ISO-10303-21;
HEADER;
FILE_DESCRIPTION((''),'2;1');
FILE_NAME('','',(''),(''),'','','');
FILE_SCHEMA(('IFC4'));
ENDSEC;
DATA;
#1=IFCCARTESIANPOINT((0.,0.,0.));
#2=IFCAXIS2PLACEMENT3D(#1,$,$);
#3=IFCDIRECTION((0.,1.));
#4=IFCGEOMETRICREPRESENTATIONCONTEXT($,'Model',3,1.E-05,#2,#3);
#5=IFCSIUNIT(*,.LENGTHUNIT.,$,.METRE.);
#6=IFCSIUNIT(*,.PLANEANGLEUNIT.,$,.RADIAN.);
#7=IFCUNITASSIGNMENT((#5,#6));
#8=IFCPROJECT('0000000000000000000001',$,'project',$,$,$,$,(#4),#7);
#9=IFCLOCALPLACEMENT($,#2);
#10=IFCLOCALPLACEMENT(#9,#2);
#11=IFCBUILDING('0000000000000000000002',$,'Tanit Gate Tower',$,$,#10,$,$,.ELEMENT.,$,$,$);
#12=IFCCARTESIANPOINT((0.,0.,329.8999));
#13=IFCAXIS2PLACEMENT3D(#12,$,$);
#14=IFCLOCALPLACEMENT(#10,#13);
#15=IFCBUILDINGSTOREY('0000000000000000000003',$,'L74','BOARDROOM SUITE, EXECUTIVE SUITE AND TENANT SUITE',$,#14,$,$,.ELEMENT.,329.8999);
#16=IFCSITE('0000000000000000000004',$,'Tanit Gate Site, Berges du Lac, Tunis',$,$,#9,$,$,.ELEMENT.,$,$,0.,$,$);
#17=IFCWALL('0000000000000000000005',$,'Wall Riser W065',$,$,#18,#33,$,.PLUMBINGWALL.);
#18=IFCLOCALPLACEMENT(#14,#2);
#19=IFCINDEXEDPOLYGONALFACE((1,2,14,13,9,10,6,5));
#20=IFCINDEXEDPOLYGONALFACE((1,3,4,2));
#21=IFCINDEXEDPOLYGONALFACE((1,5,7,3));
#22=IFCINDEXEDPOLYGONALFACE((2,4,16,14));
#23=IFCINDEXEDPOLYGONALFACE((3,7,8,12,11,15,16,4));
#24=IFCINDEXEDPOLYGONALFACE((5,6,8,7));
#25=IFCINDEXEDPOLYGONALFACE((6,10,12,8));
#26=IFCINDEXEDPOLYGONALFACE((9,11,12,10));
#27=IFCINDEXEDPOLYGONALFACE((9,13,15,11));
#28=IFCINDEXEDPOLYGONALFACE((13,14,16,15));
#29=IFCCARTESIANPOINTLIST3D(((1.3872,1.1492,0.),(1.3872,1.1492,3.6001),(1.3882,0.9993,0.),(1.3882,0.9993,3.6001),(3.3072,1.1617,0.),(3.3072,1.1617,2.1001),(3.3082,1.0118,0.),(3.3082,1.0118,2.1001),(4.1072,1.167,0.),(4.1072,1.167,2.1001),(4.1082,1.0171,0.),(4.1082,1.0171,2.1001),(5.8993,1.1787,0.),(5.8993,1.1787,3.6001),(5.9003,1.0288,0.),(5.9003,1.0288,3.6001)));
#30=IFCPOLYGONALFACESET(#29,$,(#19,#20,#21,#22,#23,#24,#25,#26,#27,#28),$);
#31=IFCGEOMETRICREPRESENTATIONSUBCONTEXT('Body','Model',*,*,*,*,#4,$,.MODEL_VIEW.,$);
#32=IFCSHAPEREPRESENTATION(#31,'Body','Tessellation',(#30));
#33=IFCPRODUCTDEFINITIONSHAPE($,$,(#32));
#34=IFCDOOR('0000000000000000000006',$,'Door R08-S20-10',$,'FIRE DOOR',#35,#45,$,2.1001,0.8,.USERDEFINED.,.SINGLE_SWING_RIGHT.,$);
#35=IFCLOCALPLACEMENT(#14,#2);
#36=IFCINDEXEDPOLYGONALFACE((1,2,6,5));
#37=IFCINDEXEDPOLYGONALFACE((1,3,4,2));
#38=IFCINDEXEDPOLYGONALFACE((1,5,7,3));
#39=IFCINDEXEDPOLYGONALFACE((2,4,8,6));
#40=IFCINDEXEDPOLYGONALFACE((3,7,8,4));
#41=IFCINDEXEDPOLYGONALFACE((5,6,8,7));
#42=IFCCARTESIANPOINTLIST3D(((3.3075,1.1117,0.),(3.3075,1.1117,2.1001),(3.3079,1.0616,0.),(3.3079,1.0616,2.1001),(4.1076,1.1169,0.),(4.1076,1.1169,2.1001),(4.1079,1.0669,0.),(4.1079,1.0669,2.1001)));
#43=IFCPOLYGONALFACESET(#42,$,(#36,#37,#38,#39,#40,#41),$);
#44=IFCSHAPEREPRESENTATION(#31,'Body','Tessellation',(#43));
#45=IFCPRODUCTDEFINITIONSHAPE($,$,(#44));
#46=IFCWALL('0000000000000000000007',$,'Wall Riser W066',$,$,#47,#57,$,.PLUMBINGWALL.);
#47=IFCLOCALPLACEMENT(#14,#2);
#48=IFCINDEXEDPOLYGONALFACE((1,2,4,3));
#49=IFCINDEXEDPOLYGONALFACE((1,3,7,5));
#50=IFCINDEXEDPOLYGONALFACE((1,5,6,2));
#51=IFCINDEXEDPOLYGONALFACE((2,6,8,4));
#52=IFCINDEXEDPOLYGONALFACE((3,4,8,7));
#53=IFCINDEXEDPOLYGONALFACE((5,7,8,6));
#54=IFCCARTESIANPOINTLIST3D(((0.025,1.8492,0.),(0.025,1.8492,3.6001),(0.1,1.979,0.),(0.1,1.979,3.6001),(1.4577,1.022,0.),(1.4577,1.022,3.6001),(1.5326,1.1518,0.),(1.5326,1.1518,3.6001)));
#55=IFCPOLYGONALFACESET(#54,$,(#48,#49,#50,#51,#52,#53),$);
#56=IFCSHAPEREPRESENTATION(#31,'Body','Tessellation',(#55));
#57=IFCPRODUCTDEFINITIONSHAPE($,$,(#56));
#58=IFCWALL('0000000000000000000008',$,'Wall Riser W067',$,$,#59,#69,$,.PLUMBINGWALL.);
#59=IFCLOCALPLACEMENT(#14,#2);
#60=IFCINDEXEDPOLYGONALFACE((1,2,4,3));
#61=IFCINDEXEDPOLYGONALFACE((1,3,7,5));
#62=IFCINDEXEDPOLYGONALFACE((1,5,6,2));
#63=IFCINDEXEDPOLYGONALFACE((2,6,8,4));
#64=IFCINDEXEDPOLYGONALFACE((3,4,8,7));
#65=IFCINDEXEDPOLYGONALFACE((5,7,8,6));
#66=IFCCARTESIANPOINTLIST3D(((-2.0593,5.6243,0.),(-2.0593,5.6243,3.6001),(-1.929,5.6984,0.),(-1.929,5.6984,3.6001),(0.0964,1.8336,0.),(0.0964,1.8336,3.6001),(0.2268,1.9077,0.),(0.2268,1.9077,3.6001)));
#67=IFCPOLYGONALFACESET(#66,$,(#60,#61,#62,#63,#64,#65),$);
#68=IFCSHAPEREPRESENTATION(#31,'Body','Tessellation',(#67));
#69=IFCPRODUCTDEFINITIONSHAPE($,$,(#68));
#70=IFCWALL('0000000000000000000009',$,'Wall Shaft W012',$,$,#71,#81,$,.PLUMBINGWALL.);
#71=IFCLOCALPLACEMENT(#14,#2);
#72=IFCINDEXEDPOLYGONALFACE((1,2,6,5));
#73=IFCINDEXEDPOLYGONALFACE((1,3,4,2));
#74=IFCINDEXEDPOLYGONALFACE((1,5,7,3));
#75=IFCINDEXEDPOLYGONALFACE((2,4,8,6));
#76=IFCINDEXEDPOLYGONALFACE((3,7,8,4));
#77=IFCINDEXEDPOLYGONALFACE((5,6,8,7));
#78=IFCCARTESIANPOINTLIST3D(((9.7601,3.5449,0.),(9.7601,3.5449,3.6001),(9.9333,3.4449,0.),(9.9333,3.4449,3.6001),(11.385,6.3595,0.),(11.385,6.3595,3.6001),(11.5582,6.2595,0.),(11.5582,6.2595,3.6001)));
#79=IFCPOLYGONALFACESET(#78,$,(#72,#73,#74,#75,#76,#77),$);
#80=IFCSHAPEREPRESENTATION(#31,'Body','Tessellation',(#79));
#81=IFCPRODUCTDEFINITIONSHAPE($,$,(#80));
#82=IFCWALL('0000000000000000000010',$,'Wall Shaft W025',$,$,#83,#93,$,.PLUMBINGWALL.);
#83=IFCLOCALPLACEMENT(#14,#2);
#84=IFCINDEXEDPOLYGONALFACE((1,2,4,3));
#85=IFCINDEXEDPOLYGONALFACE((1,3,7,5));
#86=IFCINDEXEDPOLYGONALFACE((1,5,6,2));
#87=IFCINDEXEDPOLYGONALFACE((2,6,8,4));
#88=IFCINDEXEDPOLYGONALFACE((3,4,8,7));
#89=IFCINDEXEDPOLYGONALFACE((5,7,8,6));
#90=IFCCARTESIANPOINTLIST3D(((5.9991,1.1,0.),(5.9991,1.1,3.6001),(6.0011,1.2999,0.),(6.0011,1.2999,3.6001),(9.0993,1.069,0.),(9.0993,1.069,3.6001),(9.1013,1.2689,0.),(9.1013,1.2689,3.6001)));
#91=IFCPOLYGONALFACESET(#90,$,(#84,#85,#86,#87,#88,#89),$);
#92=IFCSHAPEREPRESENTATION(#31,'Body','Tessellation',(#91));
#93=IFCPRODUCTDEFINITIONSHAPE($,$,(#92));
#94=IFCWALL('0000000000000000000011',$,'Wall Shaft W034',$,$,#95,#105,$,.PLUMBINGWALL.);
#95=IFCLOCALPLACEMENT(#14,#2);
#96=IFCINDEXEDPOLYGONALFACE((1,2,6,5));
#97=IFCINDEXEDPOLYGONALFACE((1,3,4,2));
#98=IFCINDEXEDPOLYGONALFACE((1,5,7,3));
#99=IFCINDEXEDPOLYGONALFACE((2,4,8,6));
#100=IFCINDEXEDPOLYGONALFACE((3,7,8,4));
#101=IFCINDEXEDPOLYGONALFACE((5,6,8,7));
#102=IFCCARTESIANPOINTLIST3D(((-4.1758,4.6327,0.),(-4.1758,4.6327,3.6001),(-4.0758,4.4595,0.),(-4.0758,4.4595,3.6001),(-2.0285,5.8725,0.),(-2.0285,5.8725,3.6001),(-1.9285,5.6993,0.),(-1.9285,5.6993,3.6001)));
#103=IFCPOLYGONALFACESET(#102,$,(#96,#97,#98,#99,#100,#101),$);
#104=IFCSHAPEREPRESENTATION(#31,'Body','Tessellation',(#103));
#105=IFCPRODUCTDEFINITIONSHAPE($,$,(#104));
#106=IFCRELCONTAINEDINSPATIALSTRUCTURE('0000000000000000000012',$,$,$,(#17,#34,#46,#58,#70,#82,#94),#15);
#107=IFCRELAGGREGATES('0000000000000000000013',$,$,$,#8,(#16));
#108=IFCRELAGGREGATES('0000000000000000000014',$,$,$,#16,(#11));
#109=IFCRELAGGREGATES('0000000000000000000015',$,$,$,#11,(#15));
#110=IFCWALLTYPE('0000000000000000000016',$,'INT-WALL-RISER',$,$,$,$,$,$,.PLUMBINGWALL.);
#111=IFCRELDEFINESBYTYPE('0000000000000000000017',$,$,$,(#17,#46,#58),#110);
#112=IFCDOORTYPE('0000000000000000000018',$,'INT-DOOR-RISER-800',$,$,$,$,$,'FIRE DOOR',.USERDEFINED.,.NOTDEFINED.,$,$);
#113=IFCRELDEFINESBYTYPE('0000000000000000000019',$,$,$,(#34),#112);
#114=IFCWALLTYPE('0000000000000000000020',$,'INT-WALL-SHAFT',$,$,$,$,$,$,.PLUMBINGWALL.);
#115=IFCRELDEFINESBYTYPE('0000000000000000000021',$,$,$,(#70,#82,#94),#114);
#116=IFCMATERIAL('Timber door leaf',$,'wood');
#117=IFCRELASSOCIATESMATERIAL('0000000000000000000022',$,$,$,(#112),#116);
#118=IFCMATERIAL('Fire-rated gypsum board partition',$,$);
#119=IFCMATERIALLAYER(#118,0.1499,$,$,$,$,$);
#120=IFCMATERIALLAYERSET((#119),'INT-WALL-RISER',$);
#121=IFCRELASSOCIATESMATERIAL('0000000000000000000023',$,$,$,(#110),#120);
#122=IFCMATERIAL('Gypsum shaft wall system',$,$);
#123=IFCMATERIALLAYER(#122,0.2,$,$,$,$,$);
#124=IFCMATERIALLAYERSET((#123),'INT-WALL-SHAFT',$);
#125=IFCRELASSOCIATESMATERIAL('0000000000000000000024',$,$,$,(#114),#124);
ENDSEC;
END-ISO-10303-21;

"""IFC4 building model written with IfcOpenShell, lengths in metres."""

from ifc_helpers import new_model, si_unit, direction, frame, frame_2d, origin, place, context, subcontext, project, spatial, rectangle, extrude, material, layer, layer_set, type_object, element, fill, save


model = new_model("IFC4")

# Units and contexts
model_context = context("Model", 3, precision=1e-05, world=origin(), true_north=direction((0.0, 1.0)))
body_context = subcontext(model_context, "Body", "Model", "MODEL_VIEW")
ifc_project = project(units=[si_unit("LENGTHUNIT", "METRE"), si_unit("PLANEANGLEUNIT", "RADIAN")], contexts=[model_context])

# Site, building, storey
site_placement = place(None, origin())
site = spatial("IfcSite", under=ifc_project, at=site_placement, Name="Tanit Gate Site, Berges du Lac, Tunis", CompositionType="ELEMENT", RefElevation=0.0)
building_placement = place(site_placement, origin())
building = spatial("IfcBuilding", under=site, at=building_placement, Name="Tanit Gate Tower", CompositionType="ELEMENT")
storey_placement = place(building_placement, frame((0.0, 0.0, 329.8999)))
storey = spatial("IfcBuildingStorey", under=building, at=storey_placement, Name="L74", Description="BOARDROOM SUITE, EXECUTIVE SUITE AND TENANT SUITE", CompositionType="ELEMENT", Elevation=329.8999)

# Shared definitions
ifc_material_1 = material(Name="Timber door leaf", Category="wood")
door_type_1 = type_object("IfcDoorType", Name="INT-DOOR-RISER-800", ElementType="FIRE DOOR", OperationType="NOTDEFINED", PredefinedType="USERDEFINED", material=ifc_material_1)

# Shared definitions
ifc_material_2 = material(Name="Fire-rated gypsum board partition")
ifc_layer_1 = layer(ifc_material_2, 0.1499)
ifc_layer_set_1 = layer_set([ifc_layer_1], Name="INT-WALL-RISER")
wall_type_1 = type_object("IfcWallType", Name="INT-WALL-RISER", PredefinedType="PLUMBINGWALL", material=ifc_layer_set_1)

# Wall, opening, door
wall_1_placement = place(storey_placement, frame((1.3877, 1.0742, 0.0), z_axis=(0.0, 0.0, 1.0), x_axis=(0.999979, 0.006547, 0.0)))
wall_1 = element("IfcWall", 1, at=wall_1_placement, inside=storey, type_object=wall_type_1, Name="Wall Riser W065", PredefinedType="PLUMBINGWALL", context=body_context, shape_type="SweptSolid", body=[
    extrude(rectangle(XDim=4.5122, YDim=0.1499, at=frame_2d((2.2561, 0.0))), origin(), (0.0, 0.0, 1.0), 3.6001),
])
opening_1_placement = place(wall_1_placement, frame((1.9202, 0.0, 0.0)))
opening_1 = element("IfcOpeningElement", 2, at=opening_1_placement, cuts=wall_1, PredefinedType="OPENING", context=body_context, shape_type="SweptSolid", body=[
    extrude(rectangle(XDim=0.8, YDim=2.1001, at=frame_2d((0.3999, 1.05))), frame((0.0, 0.085, 0.0), z_axis=(0.0, -1.0, 0.0), x_axis=(1.0, 0.0, 0.0)), (0.0, 0.0, 1.0), 0.1699),
])
door_1_placement = place(opening_1_placement, origin())
door_1 = element("IfcDoor", 3, at=door_1_placement, inside=storey, type_object=door_type_1, Name="Door R08-S20-10", ObjectType="FIRE DOOR", OperationType="SINGLE_SWING_RIGHT", OverallHeight=2.1001, OverallWidth=0.8, PredefinedType="USERDEFINED", context=body_context, shape_type="SweptSolid", body=[
    extrude(rectangle(XDim=0.8, YDim=2.1001, at=frame_2d((0.3999, 1.05))), frame((0.0, 0.0249, 0.0), z_axis=(0.0, -1.0, 0.0), x_axis=(1.0, 0.0, 0.0)), (0.0, 0.0, 1.0), 0.05),
])
fill(opening_1, door_1)

# Walls
wall_2_placement = place(storey_placement, frame((0.0625, 1.9141, 0.0), z_axis=(0.0, 0.0, 1.0), x_axis=(0.866018, -0.500012, 0.0)))
element("IfcWall", 4, at=wall_2_placement, inside=storey, type_object=wall_type_1, Name="Wall Riser W066", PredefinedType="PLUMBINGWALL", context=body_context, shape_type="SweptSolid", body=[
    extrude(rectangle(XDim=1.6543, YDim=0.1499, at=frame_2d((0.8271, 0.0))), origin(), (0.0, 0.0, 1.0), 3.6001),
])
wall_3_placement = place(storey_placement, frame((-1.9941, 5.6614, 0.0), z_axis=(0.0, 0.0, 1.0), x_axis=(0.494341, -0.869268, 0.0)))
element("IfcWall", 5, at=wall_3_placement, inside=storey, type_object=wall_type_1, Name="Wall Riser W067", PredefinedType="PLUMBINGWALL", context=body_context, shape_type="SweptSolid", body=[
    extrude(rectangle(XDim=4.3608, YDim=0.1499, at=frame_2d((2.1804, 0.0))), origin(), (0.0, 0.0, 1.0), 3.6001),
])
ifc_material_3 = material(Name="Gypsum shaft wall system")
ifc_layer_2 = layer(ifc_material_3, 0.2)
ifc_layer_set_2 = layer_set([ifc_layer_2], Name="INT-WALL-SHAFT")
wall_type_2 = type_object("IfcWallType", Name="INT-WALL-SHAFT", PredefinedType="PLUMBINGWALL", material=ifc_layer_set_2)
wall_4_placement = place(storey_placement, frame((9.8467, 3.4949, 0.0), z_axis=(0.0, 0.0, 1.0), x_axis=(0.499985, 0.866034, 0.0)))
element("IfcWall", 6, at=wall_4_placement, inside=storey, type_object=wall_type_2, Name="Wall Shaft W012", PredefinedType="PLUMBINGWALL", context=body_context, shape_type="SweptSolid", body=[
    extrude(rectangle(XDim=3.25, YDim=0.2, at=frame_2d((1.625, 0.0))), origin(), (0.0, 0.0, 1.0), 3.6001),
])

# Walls
wall_5_placement = place(storey_placement, frame((6.0, 1.2, 0.0), z_axis=(0.0, 0.0, 1.0), x_axis=(0.99995, -0.010001, 0.0)))
element("IfcWall", 7, at=wall_5_placement, inside=storey, type_object=wall_type_2, Name="Wall Shaft W025", PredefinedType="PLUMBINGWALL", context=body_context, shape_type="SweptSolid", body=[
    extrude(rectangle(XDim=3.1003, YDim=0.2, at=frame_2d((1.5503, 0.0))), origin(), (0.0, 0.0, 1.0), 3.6001),
])
wall_6_placement = place(storey_placement, frame((-1.9785, 5.7859, 0.0), z_axis=(0.0, 0.0, 1.0), x_axis=(-0.866017, -0.500015, 0.0)))
element("IfcWall", 8, at=wall_6_placement, inside=storey, type_object=wall_type_2, Name="Wall Shaft W034", PredefinedType="PLUMBINGWALL", context=body_context, shape_type="SweptSolid", body=[
    extrude(rectangle(XDim=2.4795, YDim=0.2, at=frame_2d((1.2397, 0.0))), origin(), (0.0, 0.0, 1.0), 3.6001),
])

save(model, "model.ifc")
